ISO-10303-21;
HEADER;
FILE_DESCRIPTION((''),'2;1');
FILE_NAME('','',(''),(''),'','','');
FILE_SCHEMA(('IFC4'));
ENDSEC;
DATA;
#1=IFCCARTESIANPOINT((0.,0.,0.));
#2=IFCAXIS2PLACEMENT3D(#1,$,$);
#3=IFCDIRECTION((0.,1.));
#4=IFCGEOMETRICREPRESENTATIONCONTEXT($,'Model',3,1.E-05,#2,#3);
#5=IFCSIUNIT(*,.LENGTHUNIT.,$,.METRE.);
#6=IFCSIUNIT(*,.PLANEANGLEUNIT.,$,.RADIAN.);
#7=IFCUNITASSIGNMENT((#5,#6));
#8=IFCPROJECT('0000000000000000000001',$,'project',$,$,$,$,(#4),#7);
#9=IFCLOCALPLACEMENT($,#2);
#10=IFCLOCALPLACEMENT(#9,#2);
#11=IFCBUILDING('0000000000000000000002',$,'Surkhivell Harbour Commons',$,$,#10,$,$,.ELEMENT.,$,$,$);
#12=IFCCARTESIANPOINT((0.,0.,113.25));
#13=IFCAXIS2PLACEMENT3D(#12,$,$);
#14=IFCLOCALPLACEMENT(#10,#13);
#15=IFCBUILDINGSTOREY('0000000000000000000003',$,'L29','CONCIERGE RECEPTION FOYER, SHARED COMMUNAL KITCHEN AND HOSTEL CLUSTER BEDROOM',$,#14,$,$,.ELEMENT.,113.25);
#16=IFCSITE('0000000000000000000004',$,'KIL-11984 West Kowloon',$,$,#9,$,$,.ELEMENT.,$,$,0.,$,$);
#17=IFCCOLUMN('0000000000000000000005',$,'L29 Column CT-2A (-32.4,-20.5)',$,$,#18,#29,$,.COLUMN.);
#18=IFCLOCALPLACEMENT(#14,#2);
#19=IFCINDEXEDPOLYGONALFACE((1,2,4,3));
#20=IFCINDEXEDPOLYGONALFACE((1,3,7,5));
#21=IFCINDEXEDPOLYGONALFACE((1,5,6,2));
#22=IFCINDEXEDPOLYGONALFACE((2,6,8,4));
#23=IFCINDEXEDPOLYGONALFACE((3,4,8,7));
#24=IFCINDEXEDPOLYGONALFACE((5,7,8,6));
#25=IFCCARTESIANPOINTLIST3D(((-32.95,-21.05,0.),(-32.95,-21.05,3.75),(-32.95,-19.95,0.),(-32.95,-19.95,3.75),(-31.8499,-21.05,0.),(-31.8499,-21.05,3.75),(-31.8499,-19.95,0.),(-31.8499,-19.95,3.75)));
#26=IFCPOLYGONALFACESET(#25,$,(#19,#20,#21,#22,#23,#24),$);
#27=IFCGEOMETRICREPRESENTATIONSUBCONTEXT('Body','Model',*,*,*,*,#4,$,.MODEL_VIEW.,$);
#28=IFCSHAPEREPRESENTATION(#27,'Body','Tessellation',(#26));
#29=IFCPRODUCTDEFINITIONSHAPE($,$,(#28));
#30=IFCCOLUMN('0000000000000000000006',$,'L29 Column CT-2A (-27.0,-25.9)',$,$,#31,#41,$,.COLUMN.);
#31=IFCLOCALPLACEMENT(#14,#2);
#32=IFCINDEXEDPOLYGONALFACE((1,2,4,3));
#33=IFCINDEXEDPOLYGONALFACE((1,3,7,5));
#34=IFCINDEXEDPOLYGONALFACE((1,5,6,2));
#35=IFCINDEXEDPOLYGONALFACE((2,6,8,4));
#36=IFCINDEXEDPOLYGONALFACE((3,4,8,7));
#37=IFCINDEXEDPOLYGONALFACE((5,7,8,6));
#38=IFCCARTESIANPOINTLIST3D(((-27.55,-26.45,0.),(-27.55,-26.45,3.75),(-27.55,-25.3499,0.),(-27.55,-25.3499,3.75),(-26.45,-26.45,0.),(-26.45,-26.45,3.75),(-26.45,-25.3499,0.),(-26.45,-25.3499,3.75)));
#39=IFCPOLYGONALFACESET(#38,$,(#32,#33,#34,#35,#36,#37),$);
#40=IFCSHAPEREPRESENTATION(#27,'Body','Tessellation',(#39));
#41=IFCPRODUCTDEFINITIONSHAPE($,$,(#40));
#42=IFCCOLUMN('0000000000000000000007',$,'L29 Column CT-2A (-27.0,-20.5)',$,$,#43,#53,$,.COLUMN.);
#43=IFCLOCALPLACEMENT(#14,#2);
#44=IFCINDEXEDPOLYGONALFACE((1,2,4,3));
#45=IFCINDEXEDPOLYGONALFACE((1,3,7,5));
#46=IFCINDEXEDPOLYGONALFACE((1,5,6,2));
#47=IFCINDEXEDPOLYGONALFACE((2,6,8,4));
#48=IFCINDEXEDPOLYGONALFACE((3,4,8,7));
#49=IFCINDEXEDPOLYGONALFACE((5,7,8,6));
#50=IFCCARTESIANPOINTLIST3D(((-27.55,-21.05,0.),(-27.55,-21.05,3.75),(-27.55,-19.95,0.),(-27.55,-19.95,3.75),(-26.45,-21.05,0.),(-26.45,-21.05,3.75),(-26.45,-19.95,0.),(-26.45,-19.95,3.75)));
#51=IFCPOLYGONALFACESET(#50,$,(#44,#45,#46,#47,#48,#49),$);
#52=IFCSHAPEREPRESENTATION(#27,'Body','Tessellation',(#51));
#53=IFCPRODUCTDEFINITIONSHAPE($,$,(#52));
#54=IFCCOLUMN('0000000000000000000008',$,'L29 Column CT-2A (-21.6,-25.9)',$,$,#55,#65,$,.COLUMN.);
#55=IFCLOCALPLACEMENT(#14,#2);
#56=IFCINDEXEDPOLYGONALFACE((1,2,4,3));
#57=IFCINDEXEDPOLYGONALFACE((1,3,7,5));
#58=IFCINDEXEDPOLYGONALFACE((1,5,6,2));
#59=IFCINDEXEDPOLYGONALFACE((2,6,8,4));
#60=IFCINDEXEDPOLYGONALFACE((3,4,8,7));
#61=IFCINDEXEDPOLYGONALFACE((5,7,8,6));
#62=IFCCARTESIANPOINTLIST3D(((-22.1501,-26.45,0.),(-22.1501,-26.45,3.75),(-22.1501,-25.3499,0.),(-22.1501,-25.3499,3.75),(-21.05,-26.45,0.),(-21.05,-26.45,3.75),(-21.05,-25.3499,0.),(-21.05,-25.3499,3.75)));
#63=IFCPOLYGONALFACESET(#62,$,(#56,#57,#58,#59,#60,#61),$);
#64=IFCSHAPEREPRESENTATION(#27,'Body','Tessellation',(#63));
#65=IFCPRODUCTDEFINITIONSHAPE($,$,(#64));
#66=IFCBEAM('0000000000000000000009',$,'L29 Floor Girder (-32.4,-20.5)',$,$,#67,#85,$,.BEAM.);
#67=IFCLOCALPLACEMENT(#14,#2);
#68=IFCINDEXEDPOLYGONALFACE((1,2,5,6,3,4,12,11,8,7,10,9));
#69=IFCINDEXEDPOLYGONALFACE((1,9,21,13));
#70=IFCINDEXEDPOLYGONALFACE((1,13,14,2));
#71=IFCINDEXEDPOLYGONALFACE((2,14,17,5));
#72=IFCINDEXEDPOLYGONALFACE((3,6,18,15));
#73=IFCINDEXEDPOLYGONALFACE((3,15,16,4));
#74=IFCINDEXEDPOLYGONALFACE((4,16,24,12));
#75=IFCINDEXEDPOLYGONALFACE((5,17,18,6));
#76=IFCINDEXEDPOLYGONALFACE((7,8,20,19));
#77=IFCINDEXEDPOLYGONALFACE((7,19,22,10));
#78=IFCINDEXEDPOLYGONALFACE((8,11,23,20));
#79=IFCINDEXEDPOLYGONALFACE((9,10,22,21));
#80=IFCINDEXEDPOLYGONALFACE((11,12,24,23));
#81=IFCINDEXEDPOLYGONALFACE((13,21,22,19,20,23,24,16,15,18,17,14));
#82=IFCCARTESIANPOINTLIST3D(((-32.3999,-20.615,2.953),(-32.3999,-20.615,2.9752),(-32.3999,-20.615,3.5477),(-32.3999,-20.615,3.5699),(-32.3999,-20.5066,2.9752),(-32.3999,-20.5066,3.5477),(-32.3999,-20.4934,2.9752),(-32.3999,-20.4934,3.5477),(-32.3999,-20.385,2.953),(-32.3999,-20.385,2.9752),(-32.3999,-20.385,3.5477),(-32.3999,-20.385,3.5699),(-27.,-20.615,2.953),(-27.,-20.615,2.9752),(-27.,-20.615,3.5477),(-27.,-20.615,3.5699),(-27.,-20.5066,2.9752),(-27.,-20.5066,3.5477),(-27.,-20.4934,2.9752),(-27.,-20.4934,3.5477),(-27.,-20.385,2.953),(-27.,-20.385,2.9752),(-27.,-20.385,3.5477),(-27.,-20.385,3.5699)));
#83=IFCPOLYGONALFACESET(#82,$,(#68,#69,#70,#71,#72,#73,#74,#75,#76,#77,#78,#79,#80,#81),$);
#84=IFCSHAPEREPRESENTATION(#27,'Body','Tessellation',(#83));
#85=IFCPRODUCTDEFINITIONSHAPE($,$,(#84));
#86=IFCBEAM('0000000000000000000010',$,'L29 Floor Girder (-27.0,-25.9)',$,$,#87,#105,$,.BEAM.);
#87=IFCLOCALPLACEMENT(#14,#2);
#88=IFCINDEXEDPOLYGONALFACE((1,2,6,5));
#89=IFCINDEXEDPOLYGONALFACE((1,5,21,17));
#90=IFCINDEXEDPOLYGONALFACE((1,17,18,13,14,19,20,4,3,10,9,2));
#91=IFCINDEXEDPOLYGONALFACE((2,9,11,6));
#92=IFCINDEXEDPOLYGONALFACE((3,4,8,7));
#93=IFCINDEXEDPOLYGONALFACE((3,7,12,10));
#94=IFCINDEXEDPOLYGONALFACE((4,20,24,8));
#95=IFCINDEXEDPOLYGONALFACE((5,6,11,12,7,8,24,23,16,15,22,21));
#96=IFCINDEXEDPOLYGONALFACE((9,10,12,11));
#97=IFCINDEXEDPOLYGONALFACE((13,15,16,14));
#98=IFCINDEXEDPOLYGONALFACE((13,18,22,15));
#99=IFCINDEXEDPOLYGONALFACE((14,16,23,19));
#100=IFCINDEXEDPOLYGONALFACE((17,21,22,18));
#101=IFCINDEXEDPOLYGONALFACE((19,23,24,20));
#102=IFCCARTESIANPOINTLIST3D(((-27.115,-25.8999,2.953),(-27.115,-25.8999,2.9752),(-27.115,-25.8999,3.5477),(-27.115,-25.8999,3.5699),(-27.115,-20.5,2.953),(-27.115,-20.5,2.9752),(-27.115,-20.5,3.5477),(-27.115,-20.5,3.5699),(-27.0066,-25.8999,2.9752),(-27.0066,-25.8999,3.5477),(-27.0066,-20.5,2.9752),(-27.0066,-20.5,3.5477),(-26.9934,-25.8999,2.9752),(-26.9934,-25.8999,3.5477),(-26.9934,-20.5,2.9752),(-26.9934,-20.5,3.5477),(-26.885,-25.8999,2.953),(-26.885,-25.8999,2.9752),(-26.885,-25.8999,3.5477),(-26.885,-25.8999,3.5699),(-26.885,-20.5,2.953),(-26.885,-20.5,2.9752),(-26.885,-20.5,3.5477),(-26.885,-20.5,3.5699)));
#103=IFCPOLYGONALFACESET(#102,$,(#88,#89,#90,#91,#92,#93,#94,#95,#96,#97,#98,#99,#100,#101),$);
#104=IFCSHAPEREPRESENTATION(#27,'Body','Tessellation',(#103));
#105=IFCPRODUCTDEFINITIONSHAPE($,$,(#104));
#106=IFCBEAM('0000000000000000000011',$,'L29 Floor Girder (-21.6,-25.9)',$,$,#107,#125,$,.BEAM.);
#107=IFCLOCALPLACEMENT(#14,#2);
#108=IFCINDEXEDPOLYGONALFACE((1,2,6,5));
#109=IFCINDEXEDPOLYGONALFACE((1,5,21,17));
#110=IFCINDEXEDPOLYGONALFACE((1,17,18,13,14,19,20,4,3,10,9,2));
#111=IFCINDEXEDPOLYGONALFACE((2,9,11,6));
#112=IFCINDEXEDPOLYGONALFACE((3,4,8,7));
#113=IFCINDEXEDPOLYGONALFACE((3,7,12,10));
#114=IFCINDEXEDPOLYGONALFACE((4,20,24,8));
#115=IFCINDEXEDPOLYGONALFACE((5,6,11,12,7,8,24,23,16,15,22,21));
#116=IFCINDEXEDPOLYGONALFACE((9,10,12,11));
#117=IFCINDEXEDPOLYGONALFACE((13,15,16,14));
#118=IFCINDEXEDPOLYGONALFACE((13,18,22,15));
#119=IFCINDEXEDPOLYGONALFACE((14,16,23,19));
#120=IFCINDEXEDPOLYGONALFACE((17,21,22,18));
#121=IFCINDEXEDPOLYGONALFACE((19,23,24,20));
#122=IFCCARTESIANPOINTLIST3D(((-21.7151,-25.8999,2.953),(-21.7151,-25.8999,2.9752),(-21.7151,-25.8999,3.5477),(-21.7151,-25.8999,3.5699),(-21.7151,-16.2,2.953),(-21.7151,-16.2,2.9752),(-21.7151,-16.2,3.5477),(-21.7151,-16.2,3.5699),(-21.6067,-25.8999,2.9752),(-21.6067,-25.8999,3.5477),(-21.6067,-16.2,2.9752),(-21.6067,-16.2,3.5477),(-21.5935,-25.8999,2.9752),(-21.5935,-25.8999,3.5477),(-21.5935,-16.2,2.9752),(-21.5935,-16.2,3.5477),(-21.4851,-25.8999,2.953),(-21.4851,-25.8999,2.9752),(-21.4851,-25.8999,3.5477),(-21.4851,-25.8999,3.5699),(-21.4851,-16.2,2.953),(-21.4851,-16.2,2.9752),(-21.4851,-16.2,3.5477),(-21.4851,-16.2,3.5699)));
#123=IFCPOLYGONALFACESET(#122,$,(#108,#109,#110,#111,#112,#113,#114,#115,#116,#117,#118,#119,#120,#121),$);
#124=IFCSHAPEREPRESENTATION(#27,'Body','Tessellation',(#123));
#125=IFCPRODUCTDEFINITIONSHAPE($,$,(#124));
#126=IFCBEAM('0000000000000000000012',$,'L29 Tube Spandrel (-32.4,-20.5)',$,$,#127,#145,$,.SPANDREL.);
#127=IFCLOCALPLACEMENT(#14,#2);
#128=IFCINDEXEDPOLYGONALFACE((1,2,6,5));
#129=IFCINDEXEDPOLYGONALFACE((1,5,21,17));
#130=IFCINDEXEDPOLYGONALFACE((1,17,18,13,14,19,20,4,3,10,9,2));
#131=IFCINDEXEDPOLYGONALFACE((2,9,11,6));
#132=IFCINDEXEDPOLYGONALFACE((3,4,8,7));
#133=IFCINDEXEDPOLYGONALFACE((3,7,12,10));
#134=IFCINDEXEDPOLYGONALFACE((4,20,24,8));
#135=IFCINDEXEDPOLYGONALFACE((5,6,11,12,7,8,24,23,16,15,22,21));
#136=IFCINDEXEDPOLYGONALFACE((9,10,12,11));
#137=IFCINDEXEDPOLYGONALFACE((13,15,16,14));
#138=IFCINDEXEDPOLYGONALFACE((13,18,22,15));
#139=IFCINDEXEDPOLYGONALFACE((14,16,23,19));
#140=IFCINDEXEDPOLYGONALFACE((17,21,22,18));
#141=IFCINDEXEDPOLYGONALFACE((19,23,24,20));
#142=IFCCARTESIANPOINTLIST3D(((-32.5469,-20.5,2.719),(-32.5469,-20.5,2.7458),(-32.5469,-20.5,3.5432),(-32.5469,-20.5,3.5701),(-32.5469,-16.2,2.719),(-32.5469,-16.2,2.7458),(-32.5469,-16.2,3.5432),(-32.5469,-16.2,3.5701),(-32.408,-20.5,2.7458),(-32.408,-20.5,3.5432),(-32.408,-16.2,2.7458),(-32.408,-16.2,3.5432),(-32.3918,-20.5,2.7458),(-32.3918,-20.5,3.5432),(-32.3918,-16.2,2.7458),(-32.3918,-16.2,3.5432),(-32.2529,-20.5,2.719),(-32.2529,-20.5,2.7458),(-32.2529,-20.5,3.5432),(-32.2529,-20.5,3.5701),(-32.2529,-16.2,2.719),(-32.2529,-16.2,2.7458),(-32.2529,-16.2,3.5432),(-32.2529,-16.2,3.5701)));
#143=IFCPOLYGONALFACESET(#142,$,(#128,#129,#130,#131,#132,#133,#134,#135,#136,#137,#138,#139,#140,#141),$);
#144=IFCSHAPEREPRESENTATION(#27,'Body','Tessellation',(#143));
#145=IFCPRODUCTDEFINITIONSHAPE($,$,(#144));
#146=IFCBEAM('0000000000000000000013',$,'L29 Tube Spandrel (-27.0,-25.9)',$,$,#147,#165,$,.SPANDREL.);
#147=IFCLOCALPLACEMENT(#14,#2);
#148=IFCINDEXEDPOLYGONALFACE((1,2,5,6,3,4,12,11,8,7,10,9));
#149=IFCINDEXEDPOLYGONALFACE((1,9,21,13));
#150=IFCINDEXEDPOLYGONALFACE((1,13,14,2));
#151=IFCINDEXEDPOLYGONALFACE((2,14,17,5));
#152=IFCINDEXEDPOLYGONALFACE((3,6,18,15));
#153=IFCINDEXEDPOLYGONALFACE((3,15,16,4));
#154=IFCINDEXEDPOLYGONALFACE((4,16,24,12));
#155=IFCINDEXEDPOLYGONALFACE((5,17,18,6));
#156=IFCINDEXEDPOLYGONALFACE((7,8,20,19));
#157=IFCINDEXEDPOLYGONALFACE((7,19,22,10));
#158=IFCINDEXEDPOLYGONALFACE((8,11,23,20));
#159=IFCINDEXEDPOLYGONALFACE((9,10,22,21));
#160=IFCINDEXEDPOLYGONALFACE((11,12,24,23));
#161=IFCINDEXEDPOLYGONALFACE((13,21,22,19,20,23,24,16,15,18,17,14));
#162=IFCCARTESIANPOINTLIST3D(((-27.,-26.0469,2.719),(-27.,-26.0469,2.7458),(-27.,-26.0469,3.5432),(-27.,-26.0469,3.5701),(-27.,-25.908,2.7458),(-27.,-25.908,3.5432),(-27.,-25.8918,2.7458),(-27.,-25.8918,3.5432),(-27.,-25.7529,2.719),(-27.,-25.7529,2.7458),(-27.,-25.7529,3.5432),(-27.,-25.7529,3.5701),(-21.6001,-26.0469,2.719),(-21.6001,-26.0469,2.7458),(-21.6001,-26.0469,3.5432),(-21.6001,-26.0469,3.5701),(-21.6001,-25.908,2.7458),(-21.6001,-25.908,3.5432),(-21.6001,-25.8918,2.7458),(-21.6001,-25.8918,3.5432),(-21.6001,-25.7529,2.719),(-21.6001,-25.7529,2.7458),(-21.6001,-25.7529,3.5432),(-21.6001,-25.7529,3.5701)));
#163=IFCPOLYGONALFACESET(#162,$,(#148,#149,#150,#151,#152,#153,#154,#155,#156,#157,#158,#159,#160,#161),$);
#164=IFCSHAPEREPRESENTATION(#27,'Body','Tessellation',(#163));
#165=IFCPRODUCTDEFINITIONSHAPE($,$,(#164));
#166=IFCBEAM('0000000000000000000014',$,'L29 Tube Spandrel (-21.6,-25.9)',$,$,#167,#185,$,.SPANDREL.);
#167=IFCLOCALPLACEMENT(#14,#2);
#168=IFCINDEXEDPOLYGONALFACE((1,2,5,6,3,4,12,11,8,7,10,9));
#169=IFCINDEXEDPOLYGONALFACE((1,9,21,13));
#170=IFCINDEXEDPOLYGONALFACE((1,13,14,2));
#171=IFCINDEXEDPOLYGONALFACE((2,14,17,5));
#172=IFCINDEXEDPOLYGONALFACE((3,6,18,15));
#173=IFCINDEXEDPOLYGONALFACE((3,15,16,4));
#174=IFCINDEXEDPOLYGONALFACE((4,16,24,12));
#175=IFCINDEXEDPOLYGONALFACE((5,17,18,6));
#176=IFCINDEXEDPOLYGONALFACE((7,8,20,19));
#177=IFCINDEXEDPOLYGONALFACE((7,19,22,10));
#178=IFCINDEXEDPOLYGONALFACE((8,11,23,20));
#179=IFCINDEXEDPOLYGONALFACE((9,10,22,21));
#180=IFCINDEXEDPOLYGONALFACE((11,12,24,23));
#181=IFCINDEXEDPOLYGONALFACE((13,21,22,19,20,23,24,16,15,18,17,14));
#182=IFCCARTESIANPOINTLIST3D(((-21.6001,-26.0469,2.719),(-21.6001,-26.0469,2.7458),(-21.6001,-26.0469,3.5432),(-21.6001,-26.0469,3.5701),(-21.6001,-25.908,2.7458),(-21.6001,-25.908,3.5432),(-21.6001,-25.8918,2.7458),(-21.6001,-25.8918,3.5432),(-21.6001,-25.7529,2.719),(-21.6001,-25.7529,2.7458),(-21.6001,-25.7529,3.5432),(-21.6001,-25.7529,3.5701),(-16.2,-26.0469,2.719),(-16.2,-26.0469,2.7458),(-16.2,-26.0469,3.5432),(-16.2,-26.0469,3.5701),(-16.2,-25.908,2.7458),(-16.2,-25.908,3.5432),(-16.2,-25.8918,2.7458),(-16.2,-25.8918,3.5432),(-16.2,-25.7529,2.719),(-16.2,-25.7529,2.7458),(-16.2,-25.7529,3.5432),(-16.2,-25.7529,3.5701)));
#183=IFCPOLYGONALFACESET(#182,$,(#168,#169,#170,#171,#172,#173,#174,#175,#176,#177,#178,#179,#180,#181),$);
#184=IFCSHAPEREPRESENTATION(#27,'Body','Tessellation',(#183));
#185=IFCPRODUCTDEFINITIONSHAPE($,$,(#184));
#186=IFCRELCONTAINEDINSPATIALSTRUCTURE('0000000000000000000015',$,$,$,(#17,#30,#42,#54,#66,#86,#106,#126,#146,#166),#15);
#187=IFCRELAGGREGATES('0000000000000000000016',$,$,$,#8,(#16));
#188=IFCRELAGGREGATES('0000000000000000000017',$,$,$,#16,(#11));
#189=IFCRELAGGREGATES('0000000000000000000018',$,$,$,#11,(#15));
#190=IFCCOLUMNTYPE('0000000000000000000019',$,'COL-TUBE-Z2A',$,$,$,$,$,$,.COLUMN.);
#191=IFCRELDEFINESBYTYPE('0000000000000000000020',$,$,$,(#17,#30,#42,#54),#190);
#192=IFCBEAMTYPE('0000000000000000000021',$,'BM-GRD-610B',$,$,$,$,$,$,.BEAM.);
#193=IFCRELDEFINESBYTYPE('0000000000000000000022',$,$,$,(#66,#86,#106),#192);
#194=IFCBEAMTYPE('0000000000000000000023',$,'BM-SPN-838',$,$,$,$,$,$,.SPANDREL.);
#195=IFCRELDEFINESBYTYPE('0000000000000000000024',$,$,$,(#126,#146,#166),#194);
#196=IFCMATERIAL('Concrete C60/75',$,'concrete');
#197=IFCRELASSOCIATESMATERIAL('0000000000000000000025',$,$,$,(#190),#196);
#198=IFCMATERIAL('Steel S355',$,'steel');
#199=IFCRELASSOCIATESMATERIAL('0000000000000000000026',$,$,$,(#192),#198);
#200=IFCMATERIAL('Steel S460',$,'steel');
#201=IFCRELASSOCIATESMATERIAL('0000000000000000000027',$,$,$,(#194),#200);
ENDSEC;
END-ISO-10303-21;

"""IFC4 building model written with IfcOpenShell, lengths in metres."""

from ifc_helpers import new_model, si_unit, direction, frame, origin, origin_2d, place, context, subcontext, project, spatial, rectangle, i_section, extrude, material, material_profile, profile_set, type_object, element, save


model = new_model("IFC4")

# Units and contexts
model_context = context("Model", 3, precision=1e-05, world=origin(), true_north=direction((0.0, 1.0)))
body_context = subcontext(model_context, "Body", "Model", "MODEL_VIEW")
ifc_project = project(units=[si_unit("LENGTHUNIT", "METRE"), si_unit("PLANEANGLEUNIT", "RADIAN")], contexts=[model_context])

# Site, building, storey
site_placement = place(None, origin())
site = spatial("IfcSite", under=ifc_project, at=site_placement, Name="KIL-11984 West Kowloon", CompositionType="ELEMENT", RefElevation=0.0)
building_placement = place(site_placement, origin())
building = spatial("IfcBuilding", under=site, at=building_placement, Name="Surkhivell Harbour Commons", CompositionType="ELEMENT")
storey_placement = place(building_placement, frame((0.0, 0.0, 113.25)))
storey = spatial("IfcBuildingStorey", under=building, at=storey_placement, Name="L29", Description="CONCIERGE RECEPTION FOYER, SHARED COMMUNAL KITCHEN AND HOSTEL CLUSTER BEDROOM", CompositionType="ELEMENT", Elevation=113.25)

# Columns
ifc_material_1 = material(Name="Concrete C60/75", Category="concrete")
ifc_material_profile_1 = material_profile(ifc_material_1, rectangle(XDim=1.1001, YDim=1.1001, at=origin_2d()), Name="RC-COL-1100x1100")
ifc_profile_set_1 = profile_set([ifc_material_profile_1], Name="Concrete C60/75")
column_type = type_object("IfcColumnType", Name="COL-TUBE-Z2A", PredefinedType="COLUMN", material=ifc_profile_set_1)
for number, where, z_axis, x_axis, name in (
    (1, (-32.3999, -20.5, 0.0), (0.0, 0.0, 1.0), (1.0, 0.0, 0.0), "L29 Column CT-2A (-32.4,-20.5)"),
    (2, (-27.0, -25.8999, 0.0), (0.0, 0.0, 1.0), (1.0, 0.0, 0.0), "L29 Column CT-2A (-27.0,-25.9)"),
    (3, (-27.0, -20.5, 0.0), (0.0, 0.0, 1.0), (1.0, 0.0, 0.0), "L29 Column CT-2A (-27.0,-20.5)"),
    (4, (-21.6001, -25.8999, 0.0), (0.0, 0.0, 1.0), (1.0, 0.0, 0.0), "L29 Column CT-2A (-21.6,-25.9)"),
):
    element("IfcColumn", number, at=place(storey_placement, frame(where, z_axis=z_axis, x_axis=x_axis)), inside=storey, type_object=column_type, Name=name, PredefinedType="COLUMN", context=body_context, shape_type="SweptSolid", body=[
        extrude(rectangle(XDim=1.1001, YDim=1.1001, at=origin_2d()), origin(), (0.0, 0.0, 1.0), 3.75),
    ])

# Beams
ifc_material_2 = material(Name="Steel S355", Category="steel")
ifc_material_profile_2 = material_profile(ifc_material_2, i_section(OverallWidth=0.23, OverallDepth=0.6169, WebThickness=0.0132, FlangeThickness=0.0222, at=origin_2d()), Name="UB610x229x140")
ifc_profile_set_2 = profile_set([ifc_material_profile_2], Name="Steel S355")
beam_type_1 = type_object("IfcBeamType", Name="BM-GRD-610B", PredefinedType="BEAM", material=ifc_profile_set_2)
for number, where, z_axis, x_axis, name in (
    (5, (-32.3999, -20.5, 3.2615), (1.0, 0.0, 0.0), (0.0, 1.0, 0.0), "L29 Floor Girder (-32.4,-20.5)"),
    (6, (-27.0, -25.8999, 3.2615), (0.0, 1.0, 0.0), (-1.0, 0.0, 0.0), "L29 Floor Girder (-27.0,-25.9)"),
):
    element("IfcBeam", number, at=place(storey_placement, frame(where, z_axis=z_axis, x_axis=x_axis)), inside=storey, type_object=beam_type_1, Name=name, PredefinedType="BEAM", context=body_context, shape_type="SweptSolid", body=[
        extrude(i_section(OverallWidth=0.23, OverallDepth=0.6169, WebThickness=0.0132, FlangeThickness=0.0222, at=origin_2d()), origin(), (0.0, 0.0, 1.0), 5.3999),
    ])
beam_1_placement = place(storey_placement, frame((-21.6001, -25.8999, 3.2615), z_axis=(0.0, 1.0, 0.0), x_axis=(-1.0, 0.0, 0.0)))
element("IfcBeam", 7, at=beam_1_placement, inside=storey, type_object=beam_type_1, Name="L29 Floor Girder (-21.6,-25.9)", PredefinedType="BEAM", context=body_context, shape_type="SweptSolid", body=[
    extrude(i_section(OverallWidth=0.23, OverallDepth=0.6169, WebThickness=0.0132, FlangeThickness=0.0222, at=origin_2d()), origin(), (0.0, 0.0, 1.0), 9.7),
])
ifc_material_3 = material(Name="Steel S460", Category="steel")
ifc_material_profile_3 = material_profile(ifc_material_3, i_section(OverallWidth=0.2939, OverallDepth=0.8511, WebThickness=0.0161, FlangeThickness=0.0269, at=origin_2d()), Name="UB838x292x226")
ifc_profile_set_3 = profile_set([ifc_material_profile_3], Name="Steel S460")
beam_type_2 = type_object("IfcBeamType", Name="BM-SPN-838", PredefinedType="SPANDREL", material=ifc_profile_set_3)
beam_2_placement = place(storey_placement, frame((-32.3999, -20.5, 3.1445), z_axis=(0.0, 1.0, 0.0), x_axis=(-1.0, 0.0, 0.0)))
element("IfcBeam", 8, at=beam_2_placement, inside=storey, type_object=beam_type_2, Name="L29 Tube Spandrel (-32.4,-20.5)", PredefinedType="SPANDREL", context=body_context, shape_type="SweptSolid", body=[
    extrude(i_section(OverallWidth=0.2939, OverallDepth=0.8511, WebThickness=0.0161, FlangeThickness=0.0269, at=origin_2d()), origin(), (0.0, 0.0, 1.0), 4.3),
])
beam_3_placement = place(storey_placement, frame((-27.0, -25.8999, 3.1445), z_axis=(1.0, 0.0, 0.0), x_axis=(0.0, 1.0, 0.0)))
element("IfcBeam", 9, at=beam_3_placement, inside=storey, type_object=beam_type_2, Name="L29 Tube Spandrel (-27.0,-25.9)", PredefinedType="SPANDREL", context=body_context, shape_type="SweptSolid", body=[
    extrude(i_section(OverallWidth=0.2939, OverallDepth=0.8511, WebThickness=0.0161, FlangeThickness=0.0269, at=origin_2d()), origin(), (0.0, 0.0, 1.0), 5.3999),
])
beam_4_placement = place(storey_placement, frame((-21.6001, -25.8999, 3.1445), z_axis=(1.0, 0.0, 0.0), x_axis=(0.0, 1.0, 0.0)))
element("IfcBeam", 10, at=beam_4_placement, inside=storey, type_object=beam_type_2, Name="L29 Tube Spandrel (-21.6,-25.9)", PredefinedType="SPANDREL", context=body_context, shape_type="SweptSolid", body=[
    extrude(i_section(OverallWidth=0.2939, OverallDepth=0.8511, WebThickness=0.0161, FlangeThickness=0.0269, at=origin_2d()), origin(), (0.0, 0.0, 1.0), 5.4001),
])

save(model, "model.ifc")
